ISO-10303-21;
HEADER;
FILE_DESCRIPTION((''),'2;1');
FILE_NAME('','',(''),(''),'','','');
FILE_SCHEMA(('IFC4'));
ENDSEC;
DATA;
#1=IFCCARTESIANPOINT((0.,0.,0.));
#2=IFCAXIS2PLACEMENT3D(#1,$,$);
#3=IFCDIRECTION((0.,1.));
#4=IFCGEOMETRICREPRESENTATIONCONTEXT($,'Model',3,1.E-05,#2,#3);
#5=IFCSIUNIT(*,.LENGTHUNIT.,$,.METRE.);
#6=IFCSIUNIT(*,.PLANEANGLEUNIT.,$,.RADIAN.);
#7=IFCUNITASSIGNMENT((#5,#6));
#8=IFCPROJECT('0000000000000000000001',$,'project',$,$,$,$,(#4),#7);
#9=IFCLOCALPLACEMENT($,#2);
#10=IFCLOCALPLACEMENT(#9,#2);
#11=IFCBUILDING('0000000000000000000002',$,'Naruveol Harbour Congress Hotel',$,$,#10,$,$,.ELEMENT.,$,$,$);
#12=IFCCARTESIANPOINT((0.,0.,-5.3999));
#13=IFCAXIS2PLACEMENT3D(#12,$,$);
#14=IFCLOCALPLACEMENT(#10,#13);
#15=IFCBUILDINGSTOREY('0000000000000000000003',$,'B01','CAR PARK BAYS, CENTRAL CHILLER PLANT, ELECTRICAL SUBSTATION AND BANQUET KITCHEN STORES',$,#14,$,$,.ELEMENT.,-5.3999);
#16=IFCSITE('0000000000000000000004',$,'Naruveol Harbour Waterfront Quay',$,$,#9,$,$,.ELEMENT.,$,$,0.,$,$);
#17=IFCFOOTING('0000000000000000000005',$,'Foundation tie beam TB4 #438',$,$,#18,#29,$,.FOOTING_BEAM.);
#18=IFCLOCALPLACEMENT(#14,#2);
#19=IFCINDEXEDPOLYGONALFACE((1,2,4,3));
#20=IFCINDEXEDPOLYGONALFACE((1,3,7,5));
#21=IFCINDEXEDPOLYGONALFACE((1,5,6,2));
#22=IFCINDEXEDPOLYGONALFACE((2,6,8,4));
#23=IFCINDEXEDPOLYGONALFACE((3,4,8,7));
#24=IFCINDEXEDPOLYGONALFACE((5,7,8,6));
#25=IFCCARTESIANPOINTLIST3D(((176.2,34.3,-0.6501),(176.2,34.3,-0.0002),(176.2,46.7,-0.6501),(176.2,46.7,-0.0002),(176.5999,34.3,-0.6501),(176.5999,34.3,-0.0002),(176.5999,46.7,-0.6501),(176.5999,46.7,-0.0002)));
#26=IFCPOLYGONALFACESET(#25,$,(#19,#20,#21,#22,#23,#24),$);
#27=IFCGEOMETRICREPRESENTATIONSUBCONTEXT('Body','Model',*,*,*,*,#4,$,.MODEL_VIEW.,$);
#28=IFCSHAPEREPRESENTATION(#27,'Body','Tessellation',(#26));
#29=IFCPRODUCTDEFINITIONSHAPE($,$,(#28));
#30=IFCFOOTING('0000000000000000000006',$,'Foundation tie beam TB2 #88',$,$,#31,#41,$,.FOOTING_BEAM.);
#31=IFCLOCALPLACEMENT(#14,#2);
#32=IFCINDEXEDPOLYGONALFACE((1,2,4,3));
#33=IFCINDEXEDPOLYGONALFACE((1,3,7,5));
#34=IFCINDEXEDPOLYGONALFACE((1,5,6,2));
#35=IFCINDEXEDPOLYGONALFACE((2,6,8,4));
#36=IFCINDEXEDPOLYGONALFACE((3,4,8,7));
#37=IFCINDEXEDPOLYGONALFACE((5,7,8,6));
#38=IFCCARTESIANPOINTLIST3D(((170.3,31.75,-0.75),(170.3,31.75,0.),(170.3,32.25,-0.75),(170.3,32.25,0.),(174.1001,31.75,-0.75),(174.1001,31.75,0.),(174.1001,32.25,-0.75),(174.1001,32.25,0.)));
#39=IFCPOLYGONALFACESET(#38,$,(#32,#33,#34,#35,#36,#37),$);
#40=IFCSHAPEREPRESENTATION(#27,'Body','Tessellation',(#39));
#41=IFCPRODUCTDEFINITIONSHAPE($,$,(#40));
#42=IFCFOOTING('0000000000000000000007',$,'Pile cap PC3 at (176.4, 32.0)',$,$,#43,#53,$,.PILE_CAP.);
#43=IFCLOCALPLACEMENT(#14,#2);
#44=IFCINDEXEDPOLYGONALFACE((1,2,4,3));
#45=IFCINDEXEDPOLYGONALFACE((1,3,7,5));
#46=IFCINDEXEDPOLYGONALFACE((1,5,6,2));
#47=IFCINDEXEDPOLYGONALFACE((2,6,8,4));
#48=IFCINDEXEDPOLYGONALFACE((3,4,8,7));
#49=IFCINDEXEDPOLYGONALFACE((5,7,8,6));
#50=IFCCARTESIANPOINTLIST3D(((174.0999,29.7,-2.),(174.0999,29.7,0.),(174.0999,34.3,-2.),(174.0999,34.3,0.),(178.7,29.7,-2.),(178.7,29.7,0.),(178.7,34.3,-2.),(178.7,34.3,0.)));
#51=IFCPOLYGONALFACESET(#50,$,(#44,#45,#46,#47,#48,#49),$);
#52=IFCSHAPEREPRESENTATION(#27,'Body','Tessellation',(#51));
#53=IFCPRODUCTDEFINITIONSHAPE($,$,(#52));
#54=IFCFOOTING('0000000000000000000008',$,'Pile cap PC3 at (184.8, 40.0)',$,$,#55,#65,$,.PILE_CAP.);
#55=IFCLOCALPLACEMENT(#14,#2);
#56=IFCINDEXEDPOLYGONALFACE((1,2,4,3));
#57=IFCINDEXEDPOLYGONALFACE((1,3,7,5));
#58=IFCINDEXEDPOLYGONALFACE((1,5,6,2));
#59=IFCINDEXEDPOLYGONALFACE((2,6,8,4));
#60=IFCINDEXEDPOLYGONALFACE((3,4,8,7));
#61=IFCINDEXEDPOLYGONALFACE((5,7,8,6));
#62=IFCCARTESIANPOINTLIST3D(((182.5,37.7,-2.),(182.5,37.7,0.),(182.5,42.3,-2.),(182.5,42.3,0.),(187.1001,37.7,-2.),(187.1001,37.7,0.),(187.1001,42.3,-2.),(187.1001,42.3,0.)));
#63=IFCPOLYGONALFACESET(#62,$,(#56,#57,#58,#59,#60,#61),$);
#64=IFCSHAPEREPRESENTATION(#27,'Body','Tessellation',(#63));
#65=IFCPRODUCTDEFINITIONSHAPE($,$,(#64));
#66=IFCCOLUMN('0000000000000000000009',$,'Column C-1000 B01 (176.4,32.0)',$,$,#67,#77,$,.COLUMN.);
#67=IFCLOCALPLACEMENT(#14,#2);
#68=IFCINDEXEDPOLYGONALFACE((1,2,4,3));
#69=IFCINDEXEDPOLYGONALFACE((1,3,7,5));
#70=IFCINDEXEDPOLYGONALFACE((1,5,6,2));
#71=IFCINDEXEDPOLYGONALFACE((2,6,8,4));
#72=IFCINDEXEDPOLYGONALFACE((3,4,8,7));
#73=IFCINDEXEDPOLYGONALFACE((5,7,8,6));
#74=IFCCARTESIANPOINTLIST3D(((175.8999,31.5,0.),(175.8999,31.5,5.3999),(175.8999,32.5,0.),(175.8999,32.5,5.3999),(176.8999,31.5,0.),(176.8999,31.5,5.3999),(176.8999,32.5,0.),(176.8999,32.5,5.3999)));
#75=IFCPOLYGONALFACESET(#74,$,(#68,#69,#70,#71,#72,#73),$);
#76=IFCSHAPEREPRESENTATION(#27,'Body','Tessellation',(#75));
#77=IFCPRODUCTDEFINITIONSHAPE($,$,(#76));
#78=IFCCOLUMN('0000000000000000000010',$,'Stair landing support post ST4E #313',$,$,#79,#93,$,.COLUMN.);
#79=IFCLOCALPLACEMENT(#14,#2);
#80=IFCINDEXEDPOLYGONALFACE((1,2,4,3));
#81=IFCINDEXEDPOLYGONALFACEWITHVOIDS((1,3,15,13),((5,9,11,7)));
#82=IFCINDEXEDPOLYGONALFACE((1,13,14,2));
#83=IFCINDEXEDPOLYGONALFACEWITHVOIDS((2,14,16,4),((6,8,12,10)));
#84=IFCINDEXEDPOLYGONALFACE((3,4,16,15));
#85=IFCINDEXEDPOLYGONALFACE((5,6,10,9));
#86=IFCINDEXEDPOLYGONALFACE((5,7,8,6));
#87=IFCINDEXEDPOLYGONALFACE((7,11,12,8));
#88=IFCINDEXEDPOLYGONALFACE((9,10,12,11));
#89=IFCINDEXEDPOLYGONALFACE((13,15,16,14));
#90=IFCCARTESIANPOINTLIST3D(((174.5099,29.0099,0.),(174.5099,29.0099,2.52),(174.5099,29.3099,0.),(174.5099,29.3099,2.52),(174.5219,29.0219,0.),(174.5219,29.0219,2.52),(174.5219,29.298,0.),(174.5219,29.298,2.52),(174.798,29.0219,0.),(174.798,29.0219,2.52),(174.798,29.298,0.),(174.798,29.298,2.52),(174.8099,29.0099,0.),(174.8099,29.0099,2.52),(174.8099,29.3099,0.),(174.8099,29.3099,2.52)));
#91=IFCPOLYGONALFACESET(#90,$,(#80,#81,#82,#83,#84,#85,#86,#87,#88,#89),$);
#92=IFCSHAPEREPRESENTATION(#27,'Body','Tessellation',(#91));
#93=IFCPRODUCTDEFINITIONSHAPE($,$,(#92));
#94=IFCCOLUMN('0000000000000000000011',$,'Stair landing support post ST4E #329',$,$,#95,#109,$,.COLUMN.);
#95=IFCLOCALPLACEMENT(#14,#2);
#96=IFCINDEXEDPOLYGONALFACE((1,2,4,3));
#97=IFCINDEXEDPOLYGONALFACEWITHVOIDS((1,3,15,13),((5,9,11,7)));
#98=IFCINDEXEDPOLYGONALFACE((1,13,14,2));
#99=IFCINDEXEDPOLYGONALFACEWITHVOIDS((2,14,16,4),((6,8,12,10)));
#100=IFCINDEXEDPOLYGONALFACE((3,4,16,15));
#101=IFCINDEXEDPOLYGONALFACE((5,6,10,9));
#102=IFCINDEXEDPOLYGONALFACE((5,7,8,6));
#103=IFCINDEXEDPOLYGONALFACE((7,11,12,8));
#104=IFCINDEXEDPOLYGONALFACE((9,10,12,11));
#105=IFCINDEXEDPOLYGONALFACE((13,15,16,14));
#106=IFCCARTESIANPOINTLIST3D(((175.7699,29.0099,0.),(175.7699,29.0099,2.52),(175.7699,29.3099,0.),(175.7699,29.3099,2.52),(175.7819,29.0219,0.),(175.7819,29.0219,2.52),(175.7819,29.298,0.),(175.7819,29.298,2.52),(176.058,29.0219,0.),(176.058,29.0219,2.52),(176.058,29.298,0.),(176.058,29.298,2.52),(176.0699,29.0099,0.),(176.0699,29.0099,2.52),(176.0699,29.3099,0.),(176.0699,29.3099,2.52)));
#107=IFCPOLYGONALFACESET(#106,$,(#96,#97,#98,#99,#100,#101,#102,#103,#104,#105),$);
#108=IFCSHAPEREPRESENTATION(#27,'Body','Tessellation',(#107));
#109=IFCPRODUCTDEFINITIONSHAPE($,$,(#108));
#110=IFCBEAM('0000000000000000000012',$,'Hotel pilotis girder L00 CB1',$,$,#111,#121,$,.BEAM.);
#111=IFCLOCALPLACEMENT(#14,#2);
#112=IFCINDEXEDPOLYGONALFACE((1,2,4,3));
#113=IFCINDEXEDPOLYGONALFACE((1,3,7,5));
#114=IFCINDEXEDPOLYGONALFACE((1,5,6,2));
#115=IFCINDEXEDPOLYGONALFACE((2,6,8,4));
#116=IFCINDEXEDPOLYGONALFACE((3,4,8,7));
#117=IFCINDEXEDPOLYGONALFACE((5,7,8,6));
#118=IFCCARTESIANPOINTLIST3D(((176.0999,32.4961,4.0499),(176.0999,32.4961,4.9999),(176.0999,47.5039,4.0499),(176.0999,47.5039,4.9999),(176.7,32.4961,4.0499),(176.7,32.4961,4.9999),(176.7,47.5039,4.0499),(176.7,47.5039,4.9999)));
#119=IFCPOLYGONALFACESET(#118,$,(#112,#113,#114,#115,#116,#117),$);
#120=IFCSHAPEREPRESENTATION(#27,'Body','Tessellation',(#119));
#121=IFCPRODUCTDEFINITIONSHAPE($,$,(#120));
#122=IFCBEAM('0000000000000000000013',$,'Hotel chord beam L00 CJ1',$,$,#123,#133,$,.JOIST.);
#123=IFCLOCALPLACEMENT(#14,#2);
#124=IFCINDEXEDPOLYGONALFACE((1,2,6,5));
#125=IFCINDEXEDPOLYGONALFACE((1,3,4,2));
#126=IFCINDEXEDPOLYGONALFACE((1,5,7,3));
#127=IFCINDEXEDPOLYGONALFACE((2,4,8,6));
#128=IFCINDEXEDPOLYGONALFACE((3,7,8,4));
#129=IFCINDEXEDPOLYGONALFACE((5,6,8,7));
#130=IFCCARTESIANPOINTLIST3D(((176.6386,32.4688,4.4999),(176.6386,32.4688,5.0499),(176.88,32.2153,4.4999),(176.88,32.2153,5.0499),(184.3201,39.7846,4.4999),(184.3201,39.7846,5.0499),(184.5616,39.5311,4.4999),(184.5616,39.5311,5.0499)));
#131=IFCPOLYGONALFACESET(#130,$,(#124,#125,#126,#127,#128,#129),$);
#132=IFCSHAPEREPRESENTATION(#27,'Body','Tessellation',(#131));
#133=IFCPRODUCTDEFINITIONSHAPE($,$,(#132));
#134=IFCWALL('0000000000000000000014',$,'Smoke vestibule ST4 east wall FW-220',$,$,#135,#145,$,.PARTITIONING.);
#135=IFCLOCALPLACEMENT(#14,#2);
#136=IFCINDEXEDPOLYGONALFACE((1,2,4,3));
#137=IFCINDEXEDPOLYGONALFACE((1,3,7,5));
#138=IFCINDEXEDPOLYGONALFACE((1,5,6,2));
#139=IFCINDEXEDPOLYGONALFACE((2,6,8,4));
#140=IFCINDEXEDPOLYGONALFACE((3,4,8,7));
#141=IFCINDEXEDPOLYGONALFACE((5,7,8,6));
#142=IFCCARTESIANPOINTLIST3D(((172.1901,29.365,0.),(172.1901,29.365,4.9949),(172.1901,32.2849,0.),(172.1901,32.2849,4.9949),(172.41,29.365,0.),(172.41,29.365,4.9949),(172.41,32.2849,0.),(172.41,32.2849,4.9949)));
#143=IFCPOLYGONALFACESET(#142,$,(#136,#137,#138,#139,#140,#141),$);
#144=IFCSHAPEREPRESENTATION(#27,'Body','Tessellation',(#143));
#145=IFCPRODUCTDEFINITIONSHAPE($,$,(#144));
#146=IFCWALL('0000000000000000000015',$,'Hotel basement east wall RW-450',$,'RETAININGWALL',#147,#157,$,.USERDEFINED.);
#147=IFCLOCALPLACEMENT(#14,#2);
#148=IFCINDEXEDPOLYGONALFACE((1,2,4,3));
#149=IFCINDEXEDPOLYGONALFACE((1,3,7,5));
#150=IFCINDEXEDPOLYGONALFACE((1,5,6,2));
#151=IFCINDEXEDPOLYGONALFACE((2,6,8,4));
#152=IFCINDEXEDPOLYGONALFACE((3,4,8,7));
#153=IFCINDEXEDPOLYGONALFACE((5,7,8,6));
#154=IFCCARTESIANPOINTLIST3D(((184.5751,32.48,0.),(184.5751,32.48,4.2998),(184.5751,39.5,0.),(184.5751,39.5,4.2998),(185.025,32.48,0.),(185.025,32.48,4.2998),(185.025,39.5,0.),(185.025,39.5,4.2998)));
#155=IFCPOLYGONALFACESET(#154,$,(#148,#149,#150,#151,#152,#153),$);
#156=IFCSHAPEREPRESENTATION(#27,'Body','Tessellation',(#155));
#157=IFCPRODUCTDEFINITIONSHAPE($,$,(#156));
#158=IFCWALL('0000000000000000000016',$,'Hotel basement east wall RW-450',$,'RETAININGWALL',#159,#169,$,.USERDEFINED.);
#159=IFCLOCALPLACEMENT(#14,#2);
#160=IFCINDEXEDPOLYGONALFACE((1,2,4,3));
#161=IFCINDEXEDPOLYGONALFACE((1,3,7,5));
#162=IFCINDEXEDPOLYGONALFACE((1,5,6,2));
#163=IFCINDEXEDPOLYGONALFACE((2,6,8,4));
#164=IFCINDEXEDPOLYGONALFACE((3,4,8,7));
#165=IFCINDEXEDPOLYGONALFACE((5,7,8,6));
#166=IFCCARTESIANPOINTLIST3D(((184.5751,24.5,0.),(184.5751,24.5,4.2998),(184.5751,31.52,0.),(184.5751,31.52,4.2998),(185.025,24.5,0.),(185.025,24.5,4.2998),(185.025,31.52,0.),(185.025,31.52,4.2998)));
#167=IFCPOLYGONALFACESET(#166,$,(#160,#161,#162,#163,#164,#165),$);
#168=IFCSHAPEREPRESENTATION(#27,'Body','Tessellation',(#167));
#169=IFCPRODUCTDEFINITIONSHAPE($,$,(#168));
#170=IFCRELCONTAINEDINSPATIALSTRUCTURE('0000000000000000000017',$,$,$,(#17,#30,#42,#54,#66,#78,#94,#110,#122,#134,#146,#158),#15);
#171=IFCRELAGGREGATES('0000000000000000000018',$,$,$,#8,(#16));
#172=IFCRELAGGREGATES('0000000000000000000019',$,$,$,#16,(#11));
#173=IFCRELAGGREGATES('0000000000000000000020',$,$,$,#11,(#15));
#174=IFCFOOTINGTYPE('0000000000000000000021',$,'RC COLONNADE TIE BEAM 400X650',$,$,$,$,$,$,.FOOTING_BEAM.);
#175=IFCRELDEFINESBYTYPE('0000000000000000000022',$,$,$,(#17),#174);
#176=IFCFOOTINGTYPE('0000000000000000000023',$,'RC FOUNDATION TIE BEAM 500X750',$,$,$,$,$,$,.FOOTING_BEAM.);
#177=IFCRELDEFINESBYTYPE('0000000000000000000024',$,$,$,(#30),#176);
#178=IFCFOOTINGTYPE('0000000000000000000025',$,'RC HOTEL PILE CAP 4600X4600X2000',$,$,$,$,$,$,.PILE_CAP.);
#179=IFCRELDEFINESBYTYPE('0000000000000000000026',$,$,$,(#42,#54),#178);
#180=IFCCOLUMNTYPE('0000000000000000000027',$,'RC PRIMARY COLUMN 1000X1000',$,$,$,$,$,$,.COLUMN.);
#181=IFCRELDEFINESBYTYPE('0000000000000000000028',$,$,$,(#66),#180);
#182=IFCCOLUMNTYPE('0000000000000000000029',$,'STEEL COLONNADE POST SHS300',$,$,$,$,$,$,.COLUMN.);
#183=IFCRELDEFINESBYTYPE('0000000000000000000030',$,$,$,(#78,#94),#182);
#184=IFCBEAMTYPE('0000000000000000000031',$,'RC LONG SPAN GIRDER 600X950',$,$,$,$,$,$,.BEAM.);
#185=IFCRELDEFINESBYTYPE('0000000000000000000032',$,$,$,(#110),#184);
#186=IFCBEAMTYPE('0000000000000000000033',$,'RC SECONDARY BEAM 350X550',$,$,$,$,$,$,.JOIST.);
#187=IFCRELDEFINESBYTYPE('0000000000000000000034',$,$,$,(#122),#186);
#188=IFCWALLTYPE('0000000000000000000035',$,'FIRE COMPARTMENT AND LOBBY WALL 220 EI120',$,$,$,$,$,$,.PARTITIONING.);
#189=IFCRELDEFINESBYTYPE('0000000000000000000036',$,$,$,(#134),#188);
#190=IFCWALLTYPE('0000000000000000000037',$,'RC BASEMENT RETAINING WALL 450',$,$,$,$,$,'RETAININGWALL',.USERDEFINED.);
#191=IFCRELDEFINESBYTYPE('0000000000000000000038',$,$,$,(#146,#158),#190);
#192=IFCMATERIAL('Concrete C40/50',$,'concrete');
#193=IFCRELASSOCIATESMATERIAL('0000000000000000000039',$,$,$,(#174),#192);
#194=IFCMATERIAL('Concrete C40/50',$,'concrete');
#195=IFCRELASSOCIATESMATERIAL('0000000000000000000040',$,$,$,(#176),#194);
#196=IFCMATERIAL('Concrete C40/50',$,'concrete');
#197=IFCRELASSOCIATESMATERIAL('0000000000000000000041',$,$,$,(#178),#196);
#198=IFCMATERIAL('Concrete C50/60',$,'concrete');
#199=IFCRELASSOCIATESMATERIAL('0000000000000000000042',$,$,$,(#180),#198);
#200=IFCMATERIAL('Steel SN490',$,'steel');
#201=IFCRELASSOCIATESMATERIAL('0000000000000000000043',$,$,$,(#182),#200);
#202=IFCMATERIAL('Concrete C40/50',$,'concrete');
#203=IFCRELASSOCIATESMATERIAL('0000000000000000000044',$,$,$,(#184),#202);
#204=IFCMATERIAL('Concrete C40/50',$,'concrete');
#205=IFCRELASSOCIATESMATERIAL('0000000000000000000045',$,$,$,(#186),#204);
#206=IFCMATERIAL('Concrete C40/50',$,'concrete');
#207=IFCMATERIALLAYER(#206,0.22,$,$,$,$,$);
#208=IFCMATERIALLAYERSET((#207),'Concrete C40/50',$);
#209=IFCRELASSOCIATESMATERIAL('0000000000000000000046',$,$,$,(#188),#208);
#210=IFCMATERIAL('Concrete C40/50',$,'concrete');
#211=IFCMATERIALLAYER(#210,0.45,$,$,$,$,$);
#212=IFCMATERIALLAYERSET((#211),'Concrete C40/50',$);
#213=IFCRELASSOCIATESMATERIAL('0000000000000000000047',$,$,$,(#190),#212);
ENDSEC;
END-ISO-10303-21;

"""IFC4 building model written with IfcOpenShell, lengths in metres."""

from ifc_helpers import new_model, si_unit, direction, frame, frame_2d, origin, origin_2d, place, context, subcontext, project, spatial, rectangle, hollow_rectangle, extrude, material, layer, layer_set, material_profile, profile_set, type_object, element, save


model = new_model("IFC4")

# Units and contexts
model_context = context("Model", 3, precision=1e-05, world=origin(), true_north=direction((0.0, 1.0)))
body_context = subcontext(model_context, "Body", "Model", "MODEL_VIEW")
ifc_project = project(units=[si_unit("LENGTHUNIT", "METRE"), si_unit("PLANEANGLEUNIT", "RADIAN")], contexts=[model_context])

# Site, building, storey
site_placement = place(None, origin())
site = spatial("IfcSite", under=ifc_project, at=site_placement, Name="Naruveol Harbour Waterfront Quay", CompositionType="ELEMENT", RefElevation=0.0)
building_placement = place(site_placement, origin())
building = spatial("IfcBuilding", under=site, at=building_placement, Name="Naruveol Harbour Congress Hotel", CompositionType="ELEMENT")
storey_placement = place(building_placement, frame((0.0, 0.0, -5.3999)))
storey = spatial("IfcBuildingStorey", under=building, at=storey_placement, Name="B01", Description="CAR PARK BAYS, CENTRAL CHILLER PLANT, ELECTRICAL SUBSTATION AND BANQUET KITCHEN STORES", CompositionType="ELEMENT", Elevation=-5.3999)

# Footings
ifc_material_1 = material(Name="Concrete C40/50", Category="concrete")
ifc_material_profile_1 = material_profile(ifc_material_1, rectangle(XDim=0.3999, YDim=0.6499, at=origin_2d()), Name="RCB-400x650")
ifc_profile_set_1 = profile_set([ifc_material_profile_1], Name="Concrete C40/50")
footing_type_1 = type_object("IfcFootingType", Name="RC COLONNADE TIE BEAM 400X650", PredefinedType="FOOTING_BEAM", material=ifc_profile_set_1)
footing_1_placement = place(storey_placement, frame((176.3999, 34.3, -0.3252), z_axis=(0.0, 1.0, 0.0), x_axis=(-1.0, 0.0, 0.0)))
element("IfcFooting", 1, at=footing_1_placement, inside=storey, type_object=footing_type_1, Name="Foundation tie beam TB4 #438", PredefinedType="FOOTING_BEAM", context=body_context, shape_type="SweptSolid", body=[
    extrude(rectangle(XDim=0.3999, YDim=0.6499, at=origin_2d()), origin(), (0.0, 0.0, 1.0), 12.3999),
])
ifc_material_2 = material(Name="Concrete C40/50", Category="concrete")
ifc_material_profile_2 = material_profile(ifc_material_2, rectangle(XDim=0.5, YDim=0.75, at=origin_2d()), Name="RCB-500x750")
ifc_profile_set_2 = profile_set([ifc_material_profile_2], Name="Concrete C40/50")
footing_type_2 = type_object("IfcFootingType", Name="RC FOUNDATION TIE BEAM 500X750", PredefinedType="FOOTING_BEAM", material=ifc_profile_set_2)
footing_2_placement = place(storey_placement, frame((170.3, 32.0, -0.375), z_axis=(1.0, 0.0, 0.0), x_axis=(0.0, 1.0, 0.0)))
element("IfcFooting", 2, at=footing_2_placement, inside=storey, type_object=footing_type_2, Name="Foundation tie beam TB2 #88", PredefinedType="FOOTING_BEAM", context=body_context, shape_type="SweptSolid", body=[
    extrude(rectangle(XDim=0.5, YDim=0.75, at=origin_2d()), origin(), (0.0, 0.0, 1.0), 3.8),
])
ifc_material_3 = material(Name="Concrete C40/50", Category="concrete")
footing_type_3 = type_object("IfcFootingType", Name="RC HOTEL PILE CAP 4600X4600X2000", PredefinedType="PILE_CAP", material=ifc_material_3)
for number, where, z_axis, x_axis, name in (
    (3, (176.3999, 32.0, -2.0), (0.0, 0.0, 1.0), (1.0, 0.0, 0.0), "Pile cap PC3 at (176.4, 32.0)"),
    (4, (184.8, 40.0, -2.0), (0.0, 0.0, 1.0), (1.0, 0.0, 0.0), "Pile cap PC3 at (184.8, 40.0)"),
):
    element("IfcFooting", number, at=place(storey_placement, frame(where, z_axis=z_axis, x_axis=x_axis)), inside=storey, type_object=footing_type_3, Name=name, PredefinedType="PILE_CAP", context=body_context, shape_type="SweptSolid", body=[
        extrude(rectangle(XDim=4.6001, YDim=4.6001, at=origin_2d()), origin(), (0.0, 0.0, 1.0), 2.0),
    ])

# Columns
ifc_material_4 = material(Name="Concrete C50/60", Category="concrete")
ifc_material_profile_3 = material_profile(ifc_material_4, rectangle(XDim=1.0, YDim=1.0, at=origin_2d()), Name="RC-1000x1000")
ifc_profile_set_3 = profile_set([ifc_material_profile_3], Name="Concrete C50/60")
column_type_1 = type_object("IfcColumnType", Name="RC PRIMARY COLUMN 1000X1000", PredefinedType="COLUMN", material=ifc_profile_set_3)
column_placement = place(storey_placement, frame((176.3999, 32.0, 0.0), z_axis=(0.0, 0.0, 1.0), x_axis=(1.0, 0.0, 0.0)))
element("IfcColumn", 5, at=column_placement, inside=storey, type_object=column_type_1, Name="Column C-1000 B01 (176.4,32.0)", PredefinedType="COLUMN", context=body_context, shape_type="SweptSolid", body=[
    extrude(rectangle(XDim=1.0, YDim=1.0, at=origin_2d()), origin(), (0.0, 0.0, 1.0), 5.3999),
])
ifc_material_5 = material(Name="Steel SN490", Category="steel")
ifc_material_profile_4 = material_profile(ifc_material_5, hollow_rectangle(XDim=0.3, YDim=0.3, WallThickness=0.012, at=origin_2d()), Name="SHS-300x300x12")
ifc_profile_set_4 = profile_set([ifc_material_profile_4], Name="Steel SN490")
column_type_2 = type_object("IfcColumnType", Name="STEEL COLONNADE POST SHS300", PredefinedType="COLUMN", material=ifc_profile_set_4)
for number, where, z_axis, x_axis, name in (
    (6, (174.6599, 29.1599, 0.0), (0.0, 0.0, 1.0), (1.0, 0.0, 0.0), "Stair landing support post ST4E #313"),
    (7, (175.9199, 29.1599, 0.0), (0.0, 0.0, 1.0), (1.0, 0.0, 0.0), "Stair landing support post ST4E #329"),
):
    element("IfcColumn", number, at=place(storey_placement, frame(where, z_axis=z_axis, x_axis=x_axis)), inside=storey, type_object=column_type_2, Name=name, PredefinedType="COLUMN", context=body_context, shape_type="SweptSolid", body=[
        extrude(hollow_rectangle(XDim=0.3, YDim=0.3, WallThickness=0.012, at=origin_2d()), origin(), (0.0, 0.0, 1.0), 2.52),
    ])

# Beams
ifc_material_6 = material(Name="Concrete C40/50", Category="concrete")
ifc_material_profile_5 = material_profile(ifc_material_6, rectangle(XDim=0.6001, YDim=0.95, at=origin_2d()), Name="RCB-600x950")
ifc_profile_set_5 = profile_set([ifc_material_profile_5], Name="Concrete C40/50")
beam_type_1 = type_object("IfcBeamType", Name="RC LONG SPAN GIRDER 600X950", PredefinedType="BEAM", material=ifc_profile_set_5)
beam_1_placement = place(storey_placement, frame((176.3999, 32.4961, 4.5249), z_axis=(0.0, 1.0, 0.0), x_axis=(-1.0, 0.0, 0.0)))
element("IfcBeam", 8, at=beam_1_placement, inside=storey, type_object=beam_type_1, Name="Hotel pilotis girder L00 CB1", PredefinedType="BEAM", context=body_context, shape_type="SweptSolid", body=[
    extrude(rectangle(XDim=0.6001, YDim=0.95, at=origin_2d()), origin(), (0.0, 0.0, 1.0), 15.0078),
])
ifc_material_7 = material(Name="Concrete C40/50", Category="concrete")
ifc_material_profile_6 = material_profile(ifc_material_7, rectangle(XDim=0.3501, YDim=0.55, at=origin_2d()), Name="RCB-350x550")
ifc_profile_set_6 = profile_set([ifc_material_profile_6], Name="Concrete C40/50")
beam_type_2 = type_object("IfcBeamType", Name="RC SECONDARY BEAM 350X550", PredefinedType="JOIST", material=ifc_profile_set_6)
beam_2_placement = place(storey_placement, frame((176.7593, 32.342, 4.7749), z_axis=(0.724135, 0.689659, 0.0), x_axis=(-0.689659, 0.724135, 0.0)))
element("IfcBeam", 9, at=beam_2_placement, inside=storey, type_object=beam_type_2, Name="Hotel chord beam L00 CJ1", PredefinedType="JOIST", context=body_context, shape_type="SweptSolid", body=[
    extrude(rectangle(XDim=0.3501, YDim=0.55, at=origin_2d()), origin(), (0.0, 0.0, 1.0), 10.6079),
])

# Walls
ifc_material_8 = material(Name="Concrete C40/50", Category="concrete")
ifc_layer_1 = layer(ifc_material_8, 0.22)
ifc_layer_set_1 = layer_set([ifc_layer_1], Name="Concrete C40/50")
wall_type_1 = type_object("IfcWallType", Name="FIRE COMPARTMENT AND LOBBY WALL 220 EI120", PredefinedType="PARTITIONING", material=ifc_layer_set_1)
wall_placement = place(storey_placement, frame((172.3, 29.365, 0.0), z_axis=(0.0, 0.0, 1.0), x_axis=(0.0, 1.0, 0.0)))
element("IfcWall", 10, at=wall_placement, inside=storey, type_object=wall_type_1, Name="Smoke vestibule ST4 east wall FW-220", PredefinedType="PARTITIONING", context=body_context, shape_type="SweptSolid", body=[
    extrude(rectangle(XDim=2.9199, YDim=0.22, at=frame_2d((1.46, 0.0))), origin(), (0.0, 0.0, 1.0), 4.9949),
])
ifc_material_9 = material(Name="Concrete C40/50", Category="concrete")
ifc_layer_2 = layer(ifc_material_9, 0.45)
ifc_layer_set_2 = layer_set([ifc_layer_2], Name="Concrete C40/50")
wall_type_2 = type_object("IfcWallType", Name="RC BASEMENT RETAINING WALL 450", ElementType="RETAININGWALL", PredefinedType="USERDEFINED", material=ifc_layer_set_2)
for number, where, z_axis, x_axis, name in (
    (11, (184.8, 39.5, 0.0), (0.0, 0.0, 1.0), (0.0, -1.0, 0.0), "Hotel basement east wall RW-450"),
    (12, (184.8, 31.52, 0.0), (0.0, 0.0, 1.0), (0.0, -1.0, 0.0), "Hotel basement east wall RW-450"),
):
    element("IfcWall", number, at=place(storey_placement, frame(where, z_axis=z_axis, x_axis=x_axis)), inside=storey, type_object=wall_type_2, Name=name, ObjectType="RETAININGWALL", PredefinedType="USERDEFINED", context=body_context, shape_type="SweptSolid", body=[
        extrude(rectangle(XDim=7.02, YDim=0.45, at=frame_2d((3.51, 0.0))), origin(), (0.0, 0.0, 1.0), 4.2998),
    ])

save(model, "model.ifc")
